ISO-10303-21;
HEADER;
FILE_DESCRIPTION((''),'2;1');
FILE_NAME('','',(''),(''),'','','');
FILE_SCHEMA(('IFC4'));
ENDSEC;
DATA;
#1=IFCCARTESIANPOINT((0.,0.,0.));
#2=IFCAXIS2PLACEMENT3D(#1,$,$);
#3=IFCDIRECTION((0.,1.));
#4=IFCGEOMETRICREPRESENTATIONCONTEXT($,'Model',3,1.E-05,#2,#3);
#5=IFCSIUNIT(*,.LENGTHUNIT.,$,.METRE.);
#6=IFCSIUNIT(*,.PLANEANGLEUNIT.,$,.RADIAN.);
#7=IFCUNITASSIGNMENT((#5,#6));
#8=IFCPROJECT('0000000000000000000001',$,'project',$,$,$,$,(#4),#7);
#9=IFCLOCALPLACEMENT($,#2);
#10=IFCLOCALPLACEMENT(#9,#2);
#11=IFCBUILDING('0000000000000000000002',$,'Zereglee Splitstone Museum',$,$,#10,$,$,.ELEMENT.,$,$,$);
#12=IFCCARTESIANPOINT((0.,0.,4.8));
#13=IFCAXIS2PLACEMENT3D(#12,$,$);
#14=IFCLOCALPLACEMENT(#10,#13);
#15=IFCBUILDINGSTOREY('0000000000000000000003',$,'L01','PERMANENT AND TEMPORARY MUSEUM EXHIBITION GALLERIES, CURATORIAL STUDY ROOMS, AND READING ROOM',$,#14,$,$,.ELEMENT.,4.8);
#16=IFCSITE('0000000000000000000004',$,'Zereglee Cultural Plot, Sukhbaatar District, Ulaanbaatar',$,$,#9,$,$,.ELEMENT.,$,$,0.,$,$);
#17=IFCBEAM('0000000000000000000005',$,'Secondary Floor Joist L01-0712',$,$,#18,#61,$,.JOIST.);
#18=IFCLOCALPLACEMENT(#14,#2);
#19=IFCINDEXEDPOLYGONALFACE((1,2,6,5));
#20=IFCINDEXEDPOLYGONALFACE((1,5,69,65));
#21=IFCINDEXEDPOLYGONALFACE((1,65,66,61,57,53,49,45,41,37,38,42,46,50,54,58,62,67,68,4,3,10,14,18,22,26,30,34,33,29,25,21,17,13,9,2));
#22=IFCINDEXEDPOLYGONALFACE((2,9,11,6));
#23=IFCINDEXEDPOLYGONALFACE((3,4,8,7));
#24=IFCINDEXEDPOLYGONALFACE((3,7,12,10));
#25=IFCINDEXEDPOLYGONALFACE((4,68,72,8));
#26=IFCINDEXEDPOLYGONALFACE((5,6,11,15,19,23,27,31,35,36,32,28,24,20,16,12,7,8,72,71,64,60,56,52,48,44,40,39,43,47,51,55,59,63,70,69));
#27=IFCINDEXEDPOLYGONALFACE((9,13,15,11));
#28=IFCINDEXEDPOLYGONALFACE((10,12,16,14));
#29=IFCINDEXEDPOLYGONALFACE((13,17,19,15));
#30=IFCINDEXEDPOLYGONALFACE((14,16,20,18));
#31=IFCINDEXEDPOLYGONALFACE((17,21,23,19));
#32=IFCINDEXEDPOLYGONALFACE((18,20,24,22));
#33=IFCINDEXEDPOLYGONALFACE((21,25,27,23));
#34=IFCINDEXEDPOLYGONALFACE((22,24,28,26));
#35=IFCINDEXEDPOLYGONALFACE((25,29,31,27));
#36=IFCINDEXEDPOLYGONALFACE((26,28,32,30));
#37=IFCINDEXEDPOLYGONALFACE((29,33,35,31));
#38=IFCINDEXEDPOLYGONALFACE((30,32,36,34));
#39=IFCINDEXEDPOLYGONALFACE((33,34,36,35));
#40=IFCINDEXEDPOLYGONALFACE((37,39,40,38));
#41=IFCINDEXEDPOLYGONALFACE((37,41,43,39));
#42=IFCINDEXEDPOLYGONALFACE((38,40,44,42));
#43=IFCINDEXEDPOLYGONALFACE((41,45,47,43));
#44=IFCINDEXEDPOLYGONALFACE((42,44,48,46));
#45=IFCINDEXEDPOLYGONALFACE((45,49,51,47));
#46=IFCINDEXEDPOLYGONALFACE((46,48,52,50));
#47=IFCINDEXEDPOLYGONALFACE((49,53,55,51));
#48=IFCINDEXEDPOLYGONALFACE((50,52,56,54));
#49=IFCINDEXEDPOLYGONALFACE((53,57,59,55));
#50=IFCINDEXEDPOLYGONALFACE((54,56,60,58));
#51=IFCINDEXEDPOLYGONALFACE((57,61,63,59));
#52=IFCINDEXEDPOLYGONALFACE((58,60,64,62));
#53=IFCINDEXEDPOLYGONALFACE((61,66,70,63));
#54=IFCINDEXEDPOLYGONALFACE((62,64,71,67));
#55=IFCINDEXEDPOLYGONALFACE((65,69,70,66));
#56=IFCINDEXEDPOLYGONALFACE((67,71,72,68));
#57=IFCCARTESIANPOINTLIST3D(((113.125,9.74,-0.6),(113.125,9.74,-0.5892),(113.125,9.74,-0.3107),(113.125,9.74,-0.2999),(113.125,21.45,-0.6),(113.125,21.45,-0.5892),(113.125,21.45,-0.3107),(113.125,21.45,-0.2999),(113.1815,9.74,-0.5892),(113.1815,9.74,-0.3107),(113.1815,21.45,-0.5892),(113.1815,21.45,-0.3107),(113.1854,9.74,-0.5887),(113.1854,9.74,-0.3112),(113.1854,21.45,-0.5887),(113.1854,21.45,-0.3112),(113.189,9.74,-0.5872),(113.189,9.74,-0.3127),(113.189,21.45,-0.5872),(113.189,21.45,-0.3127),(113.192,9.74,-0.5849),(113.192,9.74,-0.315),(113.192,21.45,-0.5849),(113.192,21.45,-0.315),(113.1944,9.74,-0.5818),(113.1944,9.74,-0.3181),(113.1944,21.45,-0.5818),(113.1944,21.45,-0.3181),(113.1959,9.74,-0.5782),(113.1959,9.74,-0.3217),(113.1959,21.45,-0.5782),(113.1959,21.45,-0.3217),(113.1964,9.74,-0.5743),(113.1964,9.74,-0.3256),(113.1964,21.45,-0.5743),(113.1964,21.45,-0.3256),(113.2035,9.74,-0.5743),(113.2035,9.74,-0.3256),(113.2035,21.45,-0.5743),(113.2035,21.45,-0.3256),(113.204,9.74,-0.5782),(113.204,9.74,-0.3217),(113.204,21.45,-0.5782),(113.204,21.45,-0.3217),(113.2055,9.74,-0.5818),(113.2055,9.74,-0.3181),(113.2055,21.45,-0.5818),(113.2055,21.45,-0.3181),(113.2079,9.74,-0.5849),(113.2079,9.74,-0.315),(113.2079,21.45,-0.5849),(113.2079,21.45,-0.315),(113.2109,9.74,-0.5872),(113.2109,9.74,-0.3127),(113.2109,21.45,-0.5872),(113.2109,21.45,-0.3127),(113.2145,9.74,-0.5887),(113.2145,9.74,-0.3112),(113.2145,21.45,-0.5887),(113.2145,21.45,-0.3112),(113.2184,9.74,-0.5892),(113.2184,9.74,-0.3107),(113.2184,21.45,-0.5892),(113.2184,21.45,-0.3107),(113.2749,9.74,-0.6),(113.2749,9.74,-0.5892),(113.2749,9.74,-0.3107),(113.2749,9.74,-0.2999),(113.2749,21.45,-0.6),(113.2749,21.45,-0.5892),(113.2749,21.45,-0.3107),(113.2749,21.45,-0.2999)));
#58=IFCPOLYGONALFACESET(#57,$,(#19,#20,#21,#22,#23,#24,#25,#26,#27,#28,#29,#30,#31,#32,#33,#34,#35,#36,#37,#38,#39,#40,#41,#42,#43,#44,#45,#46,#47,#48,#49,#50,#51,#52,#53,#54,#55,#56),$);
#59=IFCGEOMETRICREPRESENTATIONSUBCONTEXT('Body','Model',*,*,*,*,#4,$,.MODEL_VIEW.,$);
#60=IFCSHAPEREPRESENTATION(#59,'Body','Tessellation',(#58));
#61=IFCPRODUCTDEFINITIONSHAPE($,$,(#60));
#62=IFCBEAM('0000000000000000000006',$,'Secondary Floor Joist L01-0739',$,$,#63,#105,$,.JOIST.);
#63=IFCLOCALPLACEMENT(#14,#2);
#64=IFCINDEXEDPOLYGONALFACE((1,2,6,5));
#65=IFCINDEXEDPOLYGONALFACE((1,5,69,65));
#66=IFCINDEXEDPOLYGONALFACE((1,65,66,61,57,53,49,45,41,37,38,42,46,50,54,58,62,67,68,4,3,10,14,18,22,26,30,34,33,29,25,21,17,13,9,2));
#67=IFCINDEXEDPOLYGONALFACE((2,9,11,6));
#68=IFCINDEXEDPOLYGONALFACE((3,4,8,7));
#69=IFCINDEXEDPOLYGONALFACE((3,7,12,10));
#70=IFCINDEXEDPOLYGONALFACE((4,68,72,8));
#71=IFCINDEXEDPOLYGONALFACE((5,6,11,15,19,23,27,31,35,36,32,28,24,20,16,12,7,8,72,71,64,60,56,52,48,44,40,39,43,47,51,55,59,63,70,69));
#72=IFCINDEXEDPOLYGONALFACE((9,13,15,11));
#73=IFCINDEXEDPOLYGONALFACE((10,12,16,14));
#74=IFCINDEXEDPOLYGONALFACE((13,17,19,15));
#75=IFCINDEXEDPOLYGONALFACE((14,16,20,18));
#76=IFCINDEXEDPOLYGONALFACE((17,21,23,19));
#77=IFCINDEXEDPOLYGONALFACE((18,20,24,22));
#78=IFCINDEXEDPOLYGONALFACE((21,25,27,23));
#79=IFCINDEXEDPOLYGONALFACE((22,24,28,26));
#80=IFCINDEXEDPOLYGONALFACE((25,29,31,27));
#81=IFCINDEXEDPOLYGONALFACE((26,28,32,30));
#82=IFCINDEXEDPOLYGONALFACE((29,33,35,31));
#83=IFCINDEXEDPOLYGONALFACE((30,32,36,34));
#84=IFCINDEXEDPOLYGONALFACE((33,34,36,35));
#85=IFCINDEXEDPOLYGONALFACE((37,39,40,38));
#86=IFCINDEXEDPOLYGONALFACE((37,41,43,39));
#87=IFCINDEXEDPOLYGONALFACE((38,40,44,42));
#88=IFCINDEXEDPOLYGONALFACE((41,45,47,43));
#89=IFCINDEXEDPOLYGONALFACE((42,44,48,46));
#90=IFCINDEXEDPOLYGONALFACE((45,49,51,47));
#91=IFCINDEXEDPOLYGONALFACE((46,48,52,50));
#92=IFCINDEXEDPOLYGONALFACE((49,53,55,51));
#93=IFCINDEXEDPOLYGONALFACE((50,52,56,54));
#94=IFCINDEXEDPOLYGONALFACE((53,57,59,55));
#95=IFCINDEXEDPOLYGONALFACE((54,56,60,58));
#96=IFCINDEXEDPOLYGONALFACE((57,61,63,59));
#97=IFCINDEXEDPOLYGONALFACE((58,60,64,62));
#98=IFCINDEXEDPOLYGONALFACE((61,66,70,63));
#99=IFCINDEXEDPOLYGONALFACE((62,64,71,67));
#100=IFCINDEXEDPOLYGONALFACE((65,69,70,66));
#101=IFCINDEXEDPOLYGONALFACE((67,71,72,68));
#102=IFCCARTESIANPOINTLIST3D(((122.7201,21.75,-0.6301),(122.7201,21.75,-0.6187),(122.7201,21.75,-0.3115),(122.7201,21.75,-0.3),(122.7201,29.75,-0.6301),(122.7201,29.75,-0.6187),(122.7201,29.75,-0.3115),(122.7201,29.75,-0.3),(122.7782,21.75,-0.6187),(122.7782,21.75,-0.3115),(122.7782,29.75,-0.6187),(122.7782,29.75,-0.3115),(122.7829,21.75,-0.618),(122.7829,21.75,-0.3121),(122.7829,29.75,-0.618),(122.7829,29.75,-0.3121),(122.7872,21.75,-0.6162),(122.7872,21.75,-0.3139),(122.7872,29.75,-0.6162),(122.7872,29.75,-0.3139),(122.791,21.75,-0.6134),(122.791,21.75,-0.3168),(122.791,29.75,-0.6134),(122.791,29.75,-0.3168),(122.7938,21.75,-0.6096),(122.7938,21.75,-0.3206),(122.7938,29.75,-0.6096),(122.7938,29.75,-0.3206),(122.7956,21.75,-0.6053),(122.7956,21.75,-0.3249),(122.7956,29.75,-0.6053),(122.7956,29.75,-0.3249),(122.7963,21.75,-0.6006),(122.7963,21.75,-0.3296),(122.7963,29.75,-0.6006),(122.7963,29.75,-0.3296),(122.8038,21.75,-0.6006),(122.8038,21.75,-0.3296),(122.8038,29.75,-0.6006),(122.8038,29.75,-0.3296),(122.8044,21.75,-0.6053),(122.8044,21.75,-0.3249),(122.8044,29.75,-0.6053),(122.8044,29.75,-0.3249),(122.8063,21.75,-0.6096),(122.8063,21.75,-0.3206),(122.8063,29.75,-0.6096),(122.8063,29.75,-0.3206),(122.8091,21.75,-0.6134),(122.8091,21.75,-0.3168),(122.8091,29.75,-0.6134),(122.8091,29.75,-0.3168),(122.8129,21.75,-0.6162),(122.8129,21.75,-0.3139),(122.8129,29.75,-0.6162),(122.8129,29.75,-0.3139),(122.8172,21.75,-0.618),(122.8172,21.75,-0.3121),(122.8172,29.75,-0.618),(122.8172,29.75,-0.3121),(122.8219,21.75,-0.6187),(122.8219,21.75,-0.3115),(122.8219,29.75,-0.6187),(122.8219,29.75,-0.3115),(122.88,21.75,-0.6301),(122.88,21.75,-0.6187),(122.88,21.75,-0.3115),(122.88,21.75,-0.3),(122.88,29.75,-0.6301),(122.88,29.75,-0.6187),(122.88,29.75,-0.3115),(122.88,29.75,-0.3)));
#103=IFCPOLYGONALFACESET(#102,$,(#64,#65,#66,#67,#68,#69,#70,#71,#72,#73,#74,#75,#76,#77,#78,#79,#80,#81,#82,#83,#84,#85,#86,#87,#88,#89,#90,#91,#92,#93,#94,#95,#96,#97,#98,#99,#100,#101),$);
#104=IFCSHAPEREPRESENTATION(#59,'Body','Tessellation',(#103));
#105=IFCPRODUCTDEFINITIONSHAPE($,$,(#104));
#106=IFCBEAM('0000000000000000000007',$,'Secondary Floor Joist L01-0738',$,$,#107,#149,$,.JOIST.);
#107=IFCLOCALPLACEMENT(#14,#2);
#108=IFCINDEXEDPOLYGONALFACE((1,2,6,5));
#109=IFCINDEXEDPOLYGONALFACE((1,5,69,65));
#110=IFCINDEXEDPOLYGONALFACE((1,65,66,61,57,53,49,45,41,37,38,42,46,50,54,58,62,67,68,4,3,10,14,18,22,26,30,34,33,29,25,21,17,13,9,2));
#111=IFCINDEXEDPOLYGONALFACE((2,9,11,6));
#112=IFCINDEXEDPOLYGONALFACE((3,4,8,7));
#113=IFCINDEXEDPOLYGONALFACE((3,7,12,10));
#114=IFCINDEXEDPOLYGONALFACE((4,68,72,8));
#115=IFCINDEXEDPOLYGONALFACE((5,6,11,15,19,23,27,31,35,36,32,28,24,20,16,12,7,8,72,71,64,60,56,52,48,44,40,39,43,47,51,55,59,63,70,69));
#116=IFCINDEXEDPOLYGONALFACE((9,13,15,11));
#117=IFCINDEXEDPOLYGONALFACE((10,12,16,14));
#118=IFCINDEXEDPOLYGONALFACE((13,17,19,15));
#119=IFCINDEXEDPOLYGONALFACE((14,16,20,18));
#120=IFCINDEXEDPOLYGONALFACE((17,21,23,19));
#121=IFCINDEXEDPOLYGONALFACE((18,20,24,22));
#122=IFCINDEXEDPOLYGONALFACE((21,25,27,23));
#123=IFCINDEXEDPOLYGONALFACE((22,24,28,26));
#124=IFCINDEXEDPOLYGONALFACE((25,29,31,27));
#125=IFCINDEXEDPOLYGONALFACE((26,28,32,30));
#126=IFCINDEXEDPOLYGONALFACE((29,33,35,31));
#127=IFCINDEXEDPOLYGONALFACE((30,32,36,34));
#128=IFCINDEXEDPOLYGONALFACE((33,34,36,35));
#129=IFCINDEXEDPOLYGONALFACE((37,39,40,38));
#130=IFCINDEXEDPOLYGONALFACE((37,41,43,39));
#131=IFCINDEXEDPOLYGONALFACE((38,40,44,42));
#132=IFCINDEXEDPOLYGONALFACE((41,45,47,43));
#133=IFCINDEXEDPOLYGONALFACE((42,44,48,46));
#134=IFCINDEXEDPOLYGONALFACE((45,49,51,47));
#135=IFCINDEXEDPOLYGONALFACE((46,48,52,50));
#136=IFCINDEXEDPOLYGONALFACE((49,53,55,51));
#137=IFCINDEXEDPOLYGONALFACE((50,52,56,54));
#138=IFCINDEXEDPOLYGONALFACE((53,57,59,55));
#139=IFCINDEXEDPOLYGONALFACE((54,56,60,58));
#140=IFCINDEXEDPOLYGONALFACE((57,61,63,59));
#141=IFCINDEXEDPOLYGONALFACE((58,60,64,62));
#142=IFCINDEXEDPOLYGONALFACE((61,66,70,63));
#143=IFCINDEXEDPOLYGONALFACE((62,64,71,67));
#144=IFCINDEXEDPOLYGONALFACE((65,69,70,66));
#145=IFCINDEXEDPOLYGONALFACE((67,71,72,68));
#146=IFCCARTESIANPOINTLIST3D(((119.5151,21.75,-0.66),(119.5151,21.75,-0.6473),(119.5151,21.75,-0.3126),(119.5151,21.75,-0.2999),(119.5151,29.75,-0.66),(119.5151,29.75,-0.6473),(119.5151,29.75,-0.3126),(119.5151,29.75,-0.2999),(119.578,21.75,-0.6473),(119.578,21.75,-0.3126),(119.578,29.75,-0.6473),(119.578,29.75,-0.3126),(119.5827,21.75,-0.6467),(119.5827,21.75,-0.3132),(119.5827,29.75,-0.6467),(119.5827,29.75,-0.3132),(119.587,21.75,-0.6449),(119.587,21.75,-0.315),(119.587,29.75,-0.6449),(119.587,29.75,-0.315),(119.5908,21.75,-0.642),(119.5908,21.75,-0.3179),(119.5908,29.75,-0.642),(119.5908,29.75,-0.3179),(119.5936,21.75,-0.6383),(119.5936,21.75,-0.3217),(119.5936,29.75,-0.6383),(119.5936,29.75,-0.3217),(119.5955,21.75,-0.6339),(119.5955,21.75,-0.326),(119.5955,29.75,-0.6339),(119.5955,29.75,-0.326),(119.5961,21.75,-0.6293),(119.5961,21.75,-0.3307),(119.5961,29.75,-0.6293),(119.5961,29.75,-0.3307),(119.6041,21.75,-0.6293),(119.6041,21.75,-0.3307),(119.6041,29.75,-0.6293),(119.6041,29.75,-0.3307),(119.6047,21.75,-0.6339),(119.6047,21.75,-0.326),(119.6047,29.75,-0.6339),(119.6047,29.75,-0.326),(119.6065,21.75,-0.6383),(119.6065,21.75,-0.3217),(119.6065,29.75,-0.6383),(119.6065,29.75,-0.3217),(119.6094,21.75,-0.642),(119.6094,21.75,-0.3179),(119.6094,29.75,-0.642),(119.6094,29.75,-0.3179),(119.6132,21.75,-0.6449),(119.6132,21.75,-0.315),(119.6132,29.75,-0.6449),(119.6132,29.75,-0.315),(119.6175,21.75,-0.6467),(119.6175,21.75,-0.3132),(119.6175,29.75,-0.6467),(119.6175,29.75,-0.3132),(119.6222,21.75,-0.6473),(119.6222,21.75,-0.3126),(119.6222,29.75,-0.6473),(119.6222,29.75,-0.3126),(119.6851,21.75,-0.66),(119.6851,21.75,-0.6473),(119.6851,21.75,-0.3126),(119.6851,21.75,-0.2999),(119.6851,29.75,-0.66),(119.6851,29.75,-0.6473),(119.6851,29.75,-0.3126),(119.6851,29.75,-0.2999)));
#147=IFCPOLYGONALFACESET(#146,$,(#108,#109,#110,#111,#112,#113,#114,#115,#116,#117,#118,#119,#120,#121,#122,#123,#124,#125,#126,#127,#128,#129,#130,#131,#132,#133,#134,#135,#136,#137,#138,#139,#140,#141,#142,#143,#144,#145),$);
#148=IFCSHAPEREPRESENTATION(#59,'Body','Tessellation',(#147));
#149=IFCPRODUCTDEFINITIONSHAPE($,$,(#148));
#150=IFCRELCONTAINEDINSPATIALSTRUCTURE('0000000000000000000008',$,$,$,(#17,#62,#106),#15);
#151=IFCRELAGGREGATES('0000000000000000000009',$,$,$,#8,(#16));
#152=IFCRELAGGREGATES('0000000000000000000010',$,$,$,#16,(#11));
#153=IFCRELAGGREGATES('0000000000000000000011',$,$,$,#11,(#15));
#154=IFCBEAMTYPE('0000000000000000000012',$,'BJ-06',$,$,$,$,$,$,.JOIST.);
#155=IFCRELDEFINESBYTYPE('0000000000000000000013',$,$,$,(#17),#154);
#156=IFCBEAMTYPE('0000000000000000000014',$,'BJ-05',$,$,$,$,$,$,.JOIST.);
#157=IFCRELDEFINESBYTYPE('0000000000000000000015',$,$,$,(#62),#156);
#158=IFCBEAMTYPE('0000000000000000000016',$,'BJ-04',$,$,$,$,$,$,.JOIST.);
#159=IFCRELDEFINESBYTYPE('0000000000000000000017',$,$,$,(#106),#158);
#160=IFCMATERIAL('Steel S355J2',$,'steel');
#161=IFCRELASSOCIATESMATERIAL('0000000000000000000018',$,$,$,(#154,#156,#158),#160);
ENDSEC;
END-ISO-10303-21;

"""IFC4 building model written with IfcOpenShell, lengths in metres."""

from ifc_helpers import new_model, si_unit, direction, frame, origin, origin_2d, place, context, subcontext, project, spatial, i_section, extrude, material, material_profile, profile_set, type_object, element, save


model = new_model("IFC4")

# Units and contexts
model_context = context("Model", 3, precision=1e-05, world=origin(), true_north=direction((0.0, 1.0)))
body_context = subcontext(model_context, "Body", "Model", "MODEL_VIEW")
ifc_project = project(units=[si_unit("LENGTHUNIT", "METRE"), si_unit("PLANEANGLEUNIT", "RADIAN")], contexts=[model_context])

# Site, building, storey
site_placement = place(None, origin())
site = spatial("IfcSite", under=ifc_project, at=site_placement, Name="Zereglee Cultural Plot, Sukhbaatar District, Ulaanbaatar", CompositionType="ELEMENT", RefElevation=0.0)
building_placement = place(site_placement, origin())
building = spatial("IfcBuilding", under=site, at=building_placement, Name="Zereglee Splitstone Museum", CompositionType="ELEMENT")
storey_placement = place(building_placement, frame((0.0, 0.0, 4.8)))
storey = spatial("IfcBuildingStorey", under=building, at=storey_placement, Name="L01", Description="PERMANENT AND TEMPORARY MUSEUM EXHIBITION GALLERIES, CURATORIAL STUDY ROOMS, AND READING ROOM", CompositionType="ELEMENT", Elevation=4.8)

# Shared definitions
ifc_material_1 = material(Name="Steel S355J2", Category="steel")

# Beams
ifc_material_profile_1 = material_profile(ifc_material_1, i_section(OverallWidth=0.1499, OverallDepth=0.3, WebThickness=0.0071, FlangeThickness=0.0107, FilletRadius=0.0149, at=origin_2d()), Name="IPE 300")
ifc_profile_set_1 = profile_set([ifc_material_profile_1], Name="Steel S355J2")
beam_type_1 = type_object("IfcBeamType", Name="BJ-06", PredefinedType="JOIST", material=ifc_profile_set_1)
beam_1_placement = place(storey_placement, frame((113.2, 9.74, -0.45), z_axis=(0.0, 1.0, 0.0), x_axis=(-1.0, 0.0, 0.0)))
element("IfcBeam", 1, at=beam_1_placement, inside=storey, type_object=beam_type_1, Name="Secondary Floor Joist L01-0712", PredefinedType="JOIST", context=body_context, shape_type="SweptSolid", body=[
    extrude(i_section(OverallWidth=0.1499, OverallDepth=0.3, WebThickness=0.0071, FlangeThickness=0.0107, FilletRadius=0.0149, at=origin_2d()), origin(), (0.0, 0.0, 1.0), 11.71),
])
ifc_material_profile_2 = material_profile(ifc_material_1, i_section(OverallWidth=0.1599, OverallDepth=0.3301, WebThickness=0.0076, FlangeThickness=0.0115, FilletRadius=0.0181, at=origin_2d()), Name="IPE 330")
ifc_profile_set_2 = profile_set([ifc_material_profile_2], Name="Steel S355J2")
beam_type_2 = type_object("IfcBeamType", Name="BJ-05", PredefinedType="JOIST", material=ifc_profile_set_2)
beam_2_placement = place(storey_placement, frame((122.8, 21.75, -0.4651), z_axis=(0.0, 1.0, 0.0), x_axis=(-1.0, 0.0, 0.0)))
element("IfcBeam", 2, at=beam_2_placement, inside=storey, type_object=beam_type_2, Name="Secondary Floor Joist L01-0739", PredefinedType="JOIST", context=body_context, shape_type="SweptSolid", body=[
    extrude(i_section(OverallWidth=0.1599, OverallDepth=0.3301, WebThickness=0.0076, FlangeThickness=0.0115, FilletRadius=0.0181, at=origin_2d()), origin(), (0.0, 0.0, 1.0), 8.0),
])
ifc_material_profile_3 = material_profile(ifc_material_1, i_section(OverallWidth=0.1699, OverallDepth=0.3601, WebThickness=0.0081, FlangeThickness=0.0127, FilletRadius=0.0181, at=origin_2d()), Name="IPE 360")
ifc_profile_set_3 = profile_set([ifc_material_profile_3], Name="Steel S355J2")
beam_type_3 = type_object("IfcBeamType", Name="BJ-04", PredefinedType="JOIST", material=ifc_profile_set_3)
beam_3_placement = place(storey_placement, frame((119.6001, 21.75, -0.48), z_axis=(0.0, 1.0, 0.0), x_axis=(-1.0, 0.0, 0.0)))
element("IfcBeam", 3, at=beam_3_placement, inside=storey, type_object=beam_type_3, Name="Secondary Floor Joist L01-0738", PredefinedType="JOIST", context=body_context, shape_type="SweptSolid", body=[
    extrude(i_section(OverallWidth=0.1699, OverallDepth=0.3601, WebThickness=0.0081, FlangeThickness=0.0127, FilletRadius=0.0181, at=origin_2d()), origin(), (0.0, 0.0, 1.0), 8.0),
])

save(model, "model.ifc")
